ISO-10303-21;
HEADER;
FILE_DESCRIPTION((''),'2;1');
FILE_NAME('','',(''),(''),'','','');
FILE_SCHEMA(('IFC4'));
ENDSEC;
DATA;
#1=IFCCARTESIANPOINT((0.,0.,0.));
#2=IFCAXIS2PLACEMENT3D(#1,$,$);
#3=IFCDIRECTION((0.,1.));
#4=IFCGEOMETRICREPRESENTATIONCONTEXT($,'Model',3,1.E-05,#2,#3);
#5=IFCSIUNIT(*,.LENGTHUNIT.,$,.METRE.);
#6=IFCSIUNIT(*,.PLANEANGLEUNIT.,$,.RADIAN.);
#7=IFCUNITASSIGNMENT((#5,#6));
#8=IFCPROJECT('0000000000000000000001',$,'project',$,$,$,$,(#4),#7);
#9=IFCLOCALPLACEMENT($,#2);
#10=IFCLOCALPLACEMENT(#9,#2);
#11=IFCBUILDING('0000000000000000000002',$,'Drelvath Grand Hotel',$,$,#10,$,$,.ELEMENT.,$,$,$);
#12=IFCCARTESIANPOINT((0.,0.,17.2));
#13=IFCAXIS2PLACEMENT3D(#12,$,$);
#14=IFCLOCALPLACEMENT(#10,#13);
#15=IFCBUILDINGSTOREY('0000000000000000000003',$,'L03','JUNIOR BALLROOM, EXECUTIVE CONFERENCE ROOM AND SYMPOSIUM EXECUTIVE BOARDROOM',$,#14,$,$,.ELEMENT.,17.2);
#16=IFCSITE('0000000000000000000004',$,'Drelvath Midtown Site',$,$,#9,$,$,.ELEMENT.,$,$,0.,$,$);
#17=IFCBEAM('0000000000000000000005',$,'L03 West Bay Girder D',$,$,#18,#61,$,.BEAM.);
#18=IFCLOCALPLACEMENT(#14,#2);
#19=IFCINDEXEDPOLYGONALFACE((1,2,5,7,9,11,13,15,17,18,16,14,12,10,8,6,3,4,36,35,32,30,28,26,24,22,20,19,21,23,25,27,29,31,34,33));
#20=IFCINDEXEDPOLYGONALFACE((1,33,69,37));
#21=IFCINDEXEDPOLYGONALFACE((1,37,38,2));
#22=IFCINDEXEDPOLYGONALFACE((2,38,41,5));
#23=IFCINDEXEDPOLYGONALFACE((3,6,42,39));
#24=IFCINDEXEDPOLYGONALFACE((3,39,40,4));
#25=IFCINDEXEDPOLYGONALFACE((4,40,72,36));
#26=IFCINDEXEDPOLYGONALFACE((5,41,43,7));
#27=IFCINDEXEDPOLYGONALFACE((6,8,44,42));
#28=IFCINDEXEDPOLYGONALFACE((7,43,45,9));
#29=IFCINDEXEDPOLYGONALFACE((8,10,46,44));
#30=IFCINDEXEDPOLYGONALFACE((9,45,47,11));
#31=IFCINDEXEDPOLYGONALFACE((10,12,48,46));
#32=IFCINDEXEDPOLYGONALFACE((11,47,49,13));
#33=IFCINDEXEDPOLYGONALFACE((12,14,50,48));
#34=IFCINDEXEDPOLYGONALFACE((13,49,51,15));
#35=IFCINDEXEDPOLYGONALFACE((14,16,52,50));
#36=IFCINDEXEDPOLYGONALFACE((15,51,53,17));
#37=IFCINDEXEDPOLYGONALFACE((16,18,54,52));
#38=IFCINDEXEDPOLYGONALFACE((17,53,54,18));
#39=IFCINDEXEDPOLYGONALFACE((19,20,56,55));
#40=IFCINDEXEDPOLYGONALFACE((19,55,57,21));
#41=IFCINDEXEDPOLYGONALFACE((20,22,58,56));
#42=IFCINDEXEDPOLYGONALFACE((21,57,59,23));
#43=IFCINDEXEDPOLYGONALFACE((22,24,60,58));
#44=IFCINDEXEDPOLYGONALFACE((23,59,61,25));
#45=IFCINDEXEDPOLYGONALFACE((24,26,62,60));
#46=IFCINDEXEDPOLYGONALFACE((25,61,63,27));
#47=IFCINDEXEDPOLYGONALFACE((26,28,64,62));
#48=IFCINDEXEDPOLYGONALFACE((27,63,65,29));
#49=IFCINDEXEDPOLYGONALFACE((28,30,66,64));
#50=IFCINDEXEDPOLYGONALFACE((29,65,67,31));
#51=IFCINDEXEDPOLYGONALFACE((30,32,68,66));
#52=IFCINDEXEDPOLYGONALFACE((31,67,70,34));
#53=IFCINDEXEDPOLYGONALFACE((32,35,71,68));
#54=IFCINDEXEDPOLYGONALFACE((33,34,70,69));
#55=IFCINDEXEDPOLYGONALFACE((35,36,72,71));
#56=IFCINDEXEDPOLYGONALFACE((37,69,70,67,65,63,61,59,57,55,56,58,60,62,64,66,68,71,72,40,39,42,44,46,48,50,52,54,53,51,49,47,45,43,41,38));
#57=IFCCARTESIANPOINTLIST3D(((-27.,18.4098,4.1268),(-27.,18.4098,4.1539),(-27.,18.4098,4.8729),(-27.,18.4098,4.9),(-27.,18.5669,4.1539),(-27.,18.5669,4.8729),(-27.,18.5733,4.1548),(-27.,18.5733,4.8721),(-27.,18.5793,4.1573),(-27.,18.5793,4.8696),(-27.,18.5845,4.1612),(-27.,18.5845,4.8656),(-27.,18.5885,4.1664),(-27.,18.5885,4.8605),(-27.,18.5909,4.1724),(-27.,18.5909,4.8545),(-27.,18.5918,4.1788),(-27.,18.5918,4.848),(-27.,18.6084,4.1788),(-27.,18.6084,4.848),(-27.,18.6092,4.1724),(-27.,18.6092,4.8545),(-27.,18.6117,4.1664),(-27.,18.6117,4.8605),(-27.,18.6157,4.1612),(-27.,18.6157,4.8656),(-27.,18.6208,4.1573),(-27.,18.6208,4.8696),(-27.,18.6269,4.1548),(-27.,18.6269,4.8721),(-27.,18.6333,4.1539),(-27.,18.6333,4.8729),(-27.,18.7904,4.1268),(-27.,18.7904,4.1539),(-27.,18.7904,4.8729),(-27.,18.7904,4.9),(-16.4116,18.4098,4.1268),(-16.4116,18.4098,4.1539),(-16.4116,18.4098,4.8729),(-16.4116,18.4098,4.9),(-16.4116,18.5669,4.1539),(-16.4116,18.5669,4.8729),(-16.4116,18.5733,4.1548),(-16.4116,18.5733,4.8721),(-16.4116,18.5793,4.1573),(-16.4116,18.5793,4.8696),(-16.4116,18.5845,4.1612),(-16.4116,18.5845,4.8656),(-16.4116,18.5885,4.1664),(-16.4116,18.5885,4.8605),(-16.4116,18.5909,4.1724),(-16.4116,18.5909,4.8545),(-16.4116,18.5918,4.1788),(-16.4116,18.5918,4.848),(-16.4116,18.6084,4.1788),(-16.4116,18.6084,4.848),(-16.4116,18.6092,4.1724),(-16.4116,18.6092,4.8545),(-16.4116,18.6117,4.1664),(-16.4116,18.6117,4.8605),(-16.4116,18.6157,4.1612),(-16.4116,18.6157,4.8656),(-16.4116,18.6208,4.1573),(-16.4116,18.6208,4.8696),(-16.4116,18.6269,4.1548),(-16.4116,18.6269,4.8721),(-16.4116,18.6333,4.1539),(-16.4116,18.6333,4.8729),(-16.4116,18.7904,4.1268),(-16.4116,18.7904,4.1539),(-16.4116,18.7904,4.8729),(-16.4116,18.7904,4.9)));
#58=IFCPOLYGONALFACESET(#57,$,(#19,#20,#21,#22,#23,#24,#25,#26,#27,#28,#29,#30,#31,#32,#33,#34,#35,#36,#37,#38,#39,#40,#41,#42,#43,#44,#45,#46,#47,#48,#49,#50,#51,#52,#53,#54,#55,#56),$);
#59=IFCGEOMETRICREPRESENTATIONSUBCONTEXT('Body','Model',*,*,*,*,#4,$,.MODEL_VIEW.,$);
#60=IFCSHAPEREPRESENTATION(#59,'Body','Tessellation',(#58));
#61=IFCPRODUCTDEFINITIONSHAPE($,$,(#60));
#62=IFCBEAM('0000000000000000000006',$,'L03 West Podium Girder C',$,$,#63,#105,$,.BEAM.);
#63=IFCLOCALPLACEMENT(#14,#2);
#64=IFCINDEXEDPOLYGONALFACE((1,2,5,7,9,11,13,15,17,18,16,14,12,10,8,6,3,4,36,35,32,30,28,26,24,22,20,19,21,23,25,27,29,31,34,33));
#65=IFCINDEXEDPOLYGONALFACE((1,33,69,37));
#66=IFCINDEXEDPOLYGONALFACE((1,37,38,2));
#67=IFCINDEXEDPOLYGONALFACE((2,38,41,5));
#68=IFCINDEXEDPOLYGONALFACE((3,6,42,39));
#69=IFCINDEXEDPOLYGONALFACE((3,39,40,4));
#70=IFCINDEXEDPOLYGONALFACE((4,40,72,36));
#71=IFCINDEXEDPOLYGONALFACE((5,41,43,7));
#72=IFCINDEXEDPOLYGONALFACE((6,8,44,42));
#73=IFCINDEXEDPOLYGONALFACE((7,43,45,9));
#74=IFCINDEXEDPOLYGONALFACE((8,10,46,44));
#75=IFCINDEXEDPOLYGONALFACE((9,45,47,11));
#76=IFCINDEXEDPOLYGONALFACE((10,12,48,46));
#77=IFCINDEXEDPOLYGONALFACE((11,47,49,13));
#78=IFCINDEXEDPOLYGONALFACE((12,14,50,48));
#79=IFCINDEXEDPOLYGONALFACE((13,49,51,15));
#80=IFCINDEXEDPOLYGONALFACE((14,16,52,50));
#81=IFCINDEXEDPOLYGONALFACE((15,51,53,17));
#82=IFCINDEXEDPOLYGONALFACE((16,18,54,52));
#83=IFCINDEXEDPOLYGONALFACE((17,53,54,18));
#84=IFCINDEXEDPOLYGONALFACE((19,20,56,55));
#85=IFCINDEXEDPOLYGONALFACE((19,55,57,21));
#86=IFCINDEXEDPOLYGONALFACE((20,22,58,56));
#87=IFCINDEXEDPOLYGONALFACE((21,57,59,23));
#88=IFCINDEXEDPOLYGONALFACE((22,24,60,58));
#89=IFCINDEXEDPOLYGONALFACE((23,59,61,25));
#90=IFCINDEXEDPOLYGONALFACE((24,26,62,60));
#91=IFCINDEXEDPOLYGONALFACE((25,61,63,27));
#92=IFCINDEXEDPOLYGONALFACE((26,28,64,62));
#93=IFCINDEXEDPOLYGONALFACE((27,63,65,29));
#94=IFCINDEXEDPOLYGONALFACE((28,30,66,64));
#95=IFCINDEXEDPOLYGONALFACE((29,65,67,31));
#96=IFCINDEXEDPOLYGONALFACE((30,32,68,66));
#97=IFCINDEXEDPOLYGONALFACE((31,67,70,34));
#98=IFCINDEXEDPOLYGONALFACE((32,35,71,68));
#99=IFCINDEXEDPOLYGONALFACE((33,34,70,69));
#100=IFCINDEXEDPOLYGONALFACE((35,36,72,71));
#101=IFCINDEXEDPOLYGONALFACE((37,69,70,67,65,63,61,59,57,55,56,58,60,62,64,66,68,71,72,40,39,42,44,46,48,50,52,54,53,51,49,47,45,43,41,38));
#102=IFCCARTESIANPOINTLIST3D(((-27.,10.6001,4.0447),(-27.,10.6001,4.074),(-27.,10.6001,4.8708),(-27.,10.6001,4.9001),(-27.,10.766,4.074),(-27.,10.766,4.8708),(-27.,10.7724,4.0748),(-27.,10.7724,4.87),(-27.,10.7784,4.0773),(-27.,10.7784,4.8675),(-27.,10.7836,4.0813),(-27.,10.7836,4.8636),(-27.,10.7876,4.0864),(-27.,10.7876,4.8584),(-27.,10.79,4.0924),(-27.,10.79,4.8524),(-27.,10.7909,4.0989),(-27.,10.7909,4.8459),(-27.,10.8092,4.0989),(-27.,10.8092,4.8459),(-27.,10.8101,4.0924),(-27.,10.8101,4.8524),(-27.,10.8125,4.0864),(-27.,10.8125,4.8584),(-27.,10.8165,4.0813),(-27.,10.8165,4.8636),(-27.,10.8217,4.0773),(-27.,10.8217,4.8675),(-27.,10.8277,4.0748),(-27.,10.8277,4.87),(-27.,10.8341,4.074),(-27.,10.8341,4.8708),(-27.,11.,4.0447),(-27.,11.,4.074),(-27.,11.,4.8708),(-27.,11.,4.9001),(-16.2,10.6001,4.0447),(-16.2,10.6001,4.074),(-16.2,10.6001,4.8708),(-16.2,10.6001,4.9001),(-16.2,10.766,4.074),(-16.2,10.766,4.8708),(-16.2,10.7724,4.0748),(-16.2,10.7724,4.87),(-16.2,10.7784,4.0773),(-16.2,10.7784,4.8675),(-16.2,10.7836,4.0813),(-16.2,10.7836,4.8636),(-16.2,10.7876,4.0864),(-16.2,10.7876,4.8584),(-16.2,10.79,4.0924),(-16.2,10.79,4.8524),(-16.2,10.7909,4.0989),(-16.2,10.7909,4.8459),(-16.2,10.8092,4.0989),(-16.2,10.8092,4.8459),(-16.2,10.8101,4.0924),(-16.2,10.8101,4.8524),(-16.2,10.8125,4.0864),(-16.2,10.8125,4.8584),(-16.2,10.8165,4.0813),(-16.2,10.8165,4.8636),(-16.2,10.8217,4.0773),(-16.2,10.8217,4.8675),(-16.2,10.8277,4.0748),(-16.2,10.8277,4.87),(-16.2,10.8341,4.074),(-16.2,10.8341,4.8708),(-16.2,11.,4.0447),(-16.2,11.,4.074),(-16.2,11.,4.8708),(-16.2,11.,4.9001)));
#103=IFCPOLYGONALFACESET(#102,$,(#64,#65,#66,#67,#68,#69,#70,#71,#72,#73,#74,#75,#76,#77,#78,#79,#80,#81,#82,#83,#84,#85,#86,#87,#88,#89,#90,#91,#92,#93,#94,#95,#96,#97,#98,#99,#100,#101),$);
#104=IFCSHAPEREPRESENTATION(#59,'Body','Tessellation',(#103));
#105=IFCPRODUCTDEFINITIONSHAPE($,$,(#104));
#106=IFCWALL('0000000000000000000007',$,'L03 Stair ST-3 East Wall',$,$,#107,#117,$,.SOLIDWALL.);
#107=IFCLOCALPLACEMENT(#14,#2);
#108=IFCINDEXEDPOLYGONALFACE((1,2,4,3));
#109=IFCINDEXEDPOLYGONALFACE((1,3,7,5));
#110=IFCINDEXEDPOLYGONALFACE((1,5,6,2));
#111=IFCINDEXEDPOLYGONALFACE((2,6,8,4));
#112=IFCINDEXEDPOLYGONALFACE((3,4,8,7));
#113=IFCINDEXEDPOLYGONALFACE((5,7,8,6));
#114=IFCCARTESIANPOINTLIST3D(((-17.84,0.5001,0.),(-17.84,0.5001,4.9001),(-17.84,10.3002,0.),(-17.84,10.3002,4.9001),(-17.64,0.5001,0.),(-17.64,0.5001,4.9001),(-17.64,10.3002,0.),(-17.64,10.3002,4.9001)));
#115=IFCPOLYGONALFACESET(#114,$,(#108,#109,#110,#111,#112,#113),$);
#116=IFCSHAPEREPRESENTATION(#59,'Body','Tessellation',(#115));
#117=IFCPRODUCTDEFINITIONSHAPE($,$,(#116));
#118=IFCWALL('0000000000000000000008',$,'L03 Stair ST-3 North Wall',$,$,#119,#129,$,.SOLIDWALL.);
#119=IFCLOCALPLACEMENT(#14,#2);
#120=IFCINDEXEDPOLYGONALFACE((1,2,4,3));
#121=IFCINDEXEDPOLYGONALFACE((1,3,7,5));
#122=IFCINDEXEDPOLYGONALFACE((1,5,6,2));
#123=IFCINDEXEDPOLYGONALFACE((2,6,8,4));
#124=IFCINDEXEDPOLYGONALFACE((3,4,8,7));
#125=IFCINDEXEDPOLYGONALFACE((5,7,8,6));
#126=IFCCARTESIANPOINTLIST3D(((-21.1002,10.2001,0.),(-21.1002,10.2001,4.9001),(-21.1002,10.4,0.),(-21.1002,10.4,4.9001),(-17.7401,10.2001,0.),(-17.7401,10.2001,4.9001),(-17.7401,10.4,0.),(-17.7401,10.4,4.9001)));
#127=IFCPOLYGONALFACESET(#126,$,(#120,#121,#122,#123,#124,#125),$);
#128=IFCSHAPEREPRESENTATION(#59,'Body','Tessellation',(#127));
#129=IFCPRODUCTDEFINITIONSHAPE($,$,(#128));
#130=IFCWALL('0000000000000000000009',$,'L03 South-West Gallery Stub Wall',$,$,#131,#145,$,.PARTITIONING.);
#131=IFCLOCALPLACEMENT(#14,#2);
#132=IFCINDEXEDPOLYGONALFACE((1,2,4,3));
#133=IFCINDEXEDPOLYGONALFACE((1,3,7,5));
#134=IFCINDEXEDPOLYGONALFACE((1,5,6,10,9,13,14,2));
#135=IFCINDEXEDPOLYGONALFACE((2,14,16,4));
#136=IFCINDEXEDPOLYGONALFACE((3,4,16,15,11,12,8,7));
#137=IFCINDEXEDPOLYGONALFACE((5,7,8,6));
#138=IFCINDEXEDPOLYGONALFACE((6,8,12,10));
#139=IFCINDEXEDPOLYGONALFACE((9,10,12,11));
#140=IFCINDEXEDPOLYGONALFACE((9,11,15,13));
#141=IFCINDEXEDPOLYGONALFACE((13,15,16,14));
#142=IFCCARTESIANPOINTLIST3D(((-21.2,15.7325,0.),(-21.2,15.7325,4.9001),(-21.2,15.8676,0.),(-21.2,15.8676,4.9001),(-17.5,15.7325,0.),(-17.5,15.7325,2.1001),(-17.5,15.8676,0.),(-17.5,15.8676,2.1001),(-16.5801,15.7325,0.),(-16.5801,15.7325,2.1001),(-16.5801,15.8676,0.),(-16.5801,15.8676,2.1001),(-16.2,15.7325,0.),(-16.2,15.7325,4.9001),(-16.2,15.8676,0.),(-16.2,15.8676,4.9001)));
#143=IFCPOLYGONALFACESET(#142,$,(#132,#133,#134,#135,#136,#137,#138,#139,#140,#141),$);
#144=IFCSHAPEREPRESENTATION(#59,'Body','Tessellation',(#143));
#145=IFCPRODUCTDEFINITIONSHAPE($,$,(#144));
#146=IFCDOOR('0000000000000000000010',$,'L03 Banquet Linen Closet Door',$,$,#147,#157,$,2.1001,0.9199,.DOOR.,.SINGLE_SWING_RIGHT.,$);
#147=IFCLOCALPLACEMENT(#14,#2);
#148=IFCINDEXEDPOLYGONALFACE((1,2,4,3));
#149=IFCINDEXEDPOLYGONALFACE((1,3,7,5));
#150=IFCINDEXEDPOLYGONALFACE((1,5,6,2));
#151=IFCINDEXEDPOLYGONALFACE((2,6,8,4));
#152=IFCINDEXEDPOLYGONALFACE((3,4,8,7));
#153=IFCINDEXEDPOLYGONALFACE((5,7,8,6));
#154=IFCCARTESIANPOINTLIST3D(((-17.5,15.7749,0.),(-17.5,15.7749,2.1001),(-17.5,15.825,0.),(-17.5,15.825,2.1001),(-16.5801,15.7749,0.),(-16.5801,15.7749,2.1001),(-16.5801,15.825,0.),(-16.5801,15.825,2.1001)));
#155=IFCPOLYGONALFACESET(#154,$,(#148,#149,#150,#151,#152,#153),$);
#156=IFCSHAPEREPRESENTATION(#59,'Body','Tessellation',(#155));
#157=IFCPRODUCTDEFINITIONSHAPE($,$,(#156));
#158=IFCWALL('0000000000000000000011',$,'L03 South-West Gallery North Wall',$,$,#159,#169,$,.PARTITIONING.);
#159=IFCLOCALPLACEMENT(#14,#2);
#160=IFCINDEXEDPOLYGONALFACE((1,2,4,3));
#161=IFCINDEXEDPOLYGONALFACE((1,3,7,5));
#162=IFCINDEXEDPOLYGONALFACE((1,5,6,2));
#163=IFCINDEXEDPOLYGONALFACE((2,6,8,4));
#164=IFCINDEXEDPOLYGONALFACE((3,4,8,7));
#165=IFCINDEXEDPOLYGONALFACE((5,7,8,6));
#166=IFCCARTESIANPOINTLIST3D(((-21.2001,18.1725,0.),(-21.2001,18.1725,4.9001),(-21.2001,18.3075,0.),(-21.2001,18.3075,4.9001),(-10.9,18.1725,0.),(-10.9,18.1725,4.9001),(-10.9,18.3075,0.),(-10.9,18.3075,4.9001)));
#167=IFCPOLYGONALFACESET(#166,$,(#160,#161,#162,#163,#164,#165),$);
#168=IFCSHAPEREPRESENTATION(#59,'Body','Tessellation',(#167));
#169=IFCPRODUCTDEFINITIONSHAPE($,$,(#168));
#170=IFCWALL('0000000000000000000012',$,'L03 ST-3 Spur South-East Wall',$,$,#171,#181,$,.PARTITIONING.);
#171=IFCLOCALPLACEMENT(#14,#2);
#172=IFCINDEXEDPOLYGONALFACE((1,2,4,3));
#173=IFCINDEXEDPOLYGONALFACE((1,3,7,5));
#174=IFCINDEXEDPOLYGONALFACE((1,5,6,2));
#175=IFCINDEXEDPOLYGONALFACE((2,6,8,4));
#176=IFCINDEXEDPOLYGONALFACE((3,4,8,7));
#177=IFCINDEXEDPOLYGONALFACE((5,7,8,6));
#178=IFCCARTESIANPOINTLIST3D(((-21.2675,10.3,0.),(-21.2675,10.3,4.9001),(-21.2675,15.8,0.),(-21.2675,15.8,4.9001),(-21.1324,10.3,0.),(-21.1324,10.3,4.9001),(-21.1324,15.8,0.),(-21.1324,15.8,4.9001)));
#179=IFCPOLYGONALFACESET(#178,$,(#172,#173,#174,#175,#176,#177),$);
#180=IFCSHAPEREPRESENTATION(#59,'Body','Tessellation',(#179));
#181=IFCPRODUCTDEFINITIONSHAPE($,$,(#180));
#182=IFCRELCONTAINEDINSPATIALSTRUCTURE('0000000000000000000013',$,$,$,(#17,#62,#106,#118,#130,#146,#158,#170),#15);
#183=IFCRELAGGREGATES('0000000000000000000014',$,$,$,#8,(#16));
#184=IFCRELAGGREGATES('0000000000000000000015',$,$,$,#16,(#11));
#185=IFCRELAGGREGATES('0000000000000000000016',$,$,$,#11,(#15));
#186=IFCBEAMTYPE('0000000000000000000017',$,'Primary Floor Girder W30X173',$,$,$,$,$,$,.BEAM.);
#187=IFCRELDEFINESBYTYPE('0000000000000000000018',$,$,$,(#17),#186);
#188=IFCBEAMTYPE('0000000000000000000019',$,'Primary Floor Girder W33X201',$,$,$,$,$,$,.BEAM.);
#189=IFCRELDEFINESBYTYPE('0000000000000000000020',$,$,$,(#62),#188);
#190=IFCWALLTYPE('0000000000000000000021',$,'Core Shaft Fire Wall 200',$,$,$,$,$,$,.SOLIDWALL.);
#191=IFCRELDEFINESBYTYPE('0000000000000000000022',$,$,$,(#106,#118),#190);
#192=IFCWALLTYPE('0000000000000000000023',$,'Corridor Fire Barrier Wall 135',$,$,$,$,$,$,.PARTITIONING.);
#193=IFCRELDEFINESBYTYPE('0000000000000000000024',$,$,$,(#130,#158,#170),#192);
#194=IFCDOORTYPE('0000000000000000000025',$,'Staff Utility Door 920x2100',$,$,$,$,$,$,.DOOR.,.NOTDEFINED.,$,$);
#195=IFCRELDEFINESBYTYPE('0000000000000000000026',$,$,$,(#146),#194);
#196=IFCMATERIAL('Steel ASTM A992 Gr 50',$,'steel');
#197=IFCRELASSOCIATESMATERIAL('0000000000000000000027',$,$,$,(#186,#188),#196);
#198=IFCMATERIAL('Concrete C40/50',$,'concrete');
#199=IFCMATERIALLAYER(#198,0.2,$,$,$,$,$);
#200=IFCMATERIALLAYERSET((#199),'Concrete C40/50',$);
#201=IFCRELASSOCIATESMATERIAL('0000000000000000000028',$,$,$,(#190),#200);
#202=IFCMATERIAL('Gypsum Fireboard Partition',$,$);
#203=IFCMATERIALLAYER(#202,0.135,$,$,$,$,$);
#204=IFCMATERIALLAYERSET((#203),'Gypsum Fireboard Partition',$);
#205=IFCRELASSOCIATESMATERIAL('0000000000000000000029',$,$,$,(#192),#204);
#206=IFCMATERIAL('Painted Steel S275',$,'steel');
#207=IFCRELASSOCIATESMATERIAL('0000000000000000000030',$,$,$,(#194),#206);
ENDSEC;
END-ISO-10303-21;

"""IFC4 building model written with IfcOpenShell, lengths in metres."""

from ifc_helpers import new_model, si_unit, direction, frame, frame_2d, origin, origin_2d, place, context, subcontext, project, spatial, rectangle, i_section, extrude, material, layer, layer_set, material_profile, profile_set, type_object, element, fill, save


model = new_model("IFC4")

# Units and contexts
model_context = context("Model", 3, precision=1e-05, world=origin(), true_north=direction((0.0, 1.0)))
body_context = subcontext(model_context, "Body", "Model", "MODEL_VIEW")
ifc_project = project(units=[si_unit("LENGTHUNIT", "METRE"), si_unit("PLANEANGLEUNIT", "RADIAN")], contexts=[model_context])

# Site, building, storey
site_placement = place(None, origin())
site = spatial("IfcSite", under=ifc_project, at=site_placement, Name="Drelvath Midtown Site", CompositionType="ELEMENT", RefElevation=0.0)
building_placement = place(site_placement, origin())
building = spatial("IfcBuilding", under=site, at=building_placement, Name="Drelvath Grand Hotel", CompositionType="ELEMENT")
storey_placement = place(building_placement, frame((0.0, 0.0, 17.2)))
storey = spatial("IfcBuildingStorey", under=building, at=storey_placement, Name="L03", Description="JUNIOR BALLROOM, EXECUTIVE CONFERENCE ROOM AND SYMPOSIUM EXECUTIVE BOARDROOM", CompositionType="ELEMENT", Elevation=17.2)

# Beams
ifc_material_1 = material(Name="Steel ASTM A992 Gr 50", Category="steel")
ifc_material_profile_1 = material_profile(ifc_material_1, i_section(OverallWidth=0.3806, OverallDepth=0.7732, WebThickness=0.0166, FlangeThickness=0.0271, FilletRadius=0.0249, at=origin_2d()), Name="W30X173")
ifc_profile_set_1 = profile_set([ifc_material_profile_1], Name="Steel ASTM A992 Gr 50")
beam_type_1 = type_object("IfcBeamType", Name="Primary Floor Girder W30X173", PredefinedType="BEAM", material=ifc_profile_set_1)
beam_1_placement = place(storey_placement, frame((-27.0, 18.6001, 4.5134), z_axis=(1.0, 0.0, 0.0), x_axis=(0.0, 1.0, 0.0)))
element("IfcBeam", 1, at=beam_1_placement, inside=storey, type_object=beam_type_1, Name="L03 West Bay Girder D", PredefinedType="BEAM", context=body_context, shape_type="SweptSolid", body=[
    extrude(i_section(OverallWidth=0.3806, OverallDepth=0.7732, WebThickness=0.0166, FlangeThickness=0.0271, FilletRadius=0.0249, at=origin_2d()), origin(), (0.0, 0.0, 1.0), 10.5884),
])
ifc_material_profile_2 = material_profile(ifc_material_1, i_section(OverallWidth=0.3999, OverallDepth=0.8555, WebThickness=0.0183, FlangeThickness=0.0293, FilletRadius=0.0249, at=origin_2d()), Name="W33X201")
ifc_profile_set_2 = profile_set([ifc_material_profile_2], Name="Steel ASTM A992 Gr 50")
beam_type_2 = type_object("IfcBeamType", Name="Primary Floor Girder W33X201", PredefinedType="BEAM", material=ifc_profile_set_2)
beam_2_placement = place(storey_placement, frame((-27.0, 10.8, 4.4724), z_axis=(1.0, 0.0, 0.0), x_axis=(0.0, 1.0, 0.0)))
element("IfcBeam", 2, at=beam_2_placement, inside=storey, type_object=beam_type_2, Name="L03 West Podium Girder C", PredefinedType="BEAM", context=body_context, shape_type="SweptSolid", body=[
    extrude(i_section(OverallWidth=0.3999, OverallDepth=0.8555, WebThickness=0.0183, FlangeThickness=0.0293, FilletRadius=0.0249, at=origin_2d()), origin(), (0.0, 0.0, 1.0), 10.8),
])

# Walls
ifc_material_2 = material(Name="Concrete C40/50", Category="concrete")
ifc_layer_1 = layer(ifc_material_2, 0.2)
ifc_layer_set_1 = layer_set([ifc_layer_1], Name="Concrete C40/50")
wall_type_1 = type_object("IfcWallType", Name="Core Shaft Fire Wall 200", PredefinedType="SOLIDWALL", material=ifc_layer_set_1)
wall_1_placement = place(storey_placement, frame((-17.74, 10.3, 0.0), z_axis=(0.0, 0.0, 1.0), x_axis=(0.0, -1.0, 0.0)))
element("IfcWall", 3, at=wall_1_placement, inside=storey, type_object=wall_type_1, Name="L03 Stair ST-3 East Wall", PredefinedType="SOLIDWALL", context=body_context, shape_type="SweptSolid", body=[
    extrude(rectangle(XDim=9.8, YDim=0.2, at=frame_2d((4.8999, 0.0))), origin(), (0.0, 0.0, 1.0), 4.9001),
])
wall_2_placement = place(storey_placement, frame((-17.74, 10.3, 0.0), z_axis=(0.0, 0.0, 1.0), x_axis=(-1.0, 0.0, 0.0)))
element("IfcWall", 4, at=wall_2_placement, inside=storey, type_object=wall_type_1, Name="L03 Stair ST-3 North Wall", PredefinedType="SOLIDWALL", context=body_context, shape_type="SweptSolid", body=[
    extrude(rectangle(XDim=3.3601, YDim=0.2, at=frame_2d((1.6802, 0.0))), origin(), (0.0, 0.0, 1.0), 4.9001),
])

# Wall, opening, door
ifc_material_3 = material(Name="Gypsum Fireboard Partition")
ifc_layer_2 = layer(ifc_material_3, 0.135)
ifc_layer_set_2 = layer_set([ifc_layer_2], Name="Gypsum Fireboard Partition")
wall_type_2 = type_object("IfcWallType", Name="Corridor Fire Barrier Wall 135", PredefinedType="PARTITIONING", material=ifc_layer_set_2)
wall_3_placement = place(storey_placement, frame((-21.2, 15.8, 0.0), z_axis=(0.0, 0.0, 1.0), x_axis=(1.0, 0.0, 0.0)))
wall_3 = element("IfcWall", 5, at=wall_3_placement, inside=storey, type_object=wall_type_2, Name="L03 South-West Gallery Stub Wall", PredefinedType="PARTITIONING", context=body_context, shape_type="SweptSolid", body=[
    extrude(rectangle(XDim=5.0, YDim=0.135, at=frame_2d((2.5, 0.0))), origin(), (0.0, 0.0, 1.0), 4.9001),
])
opening_1_placement = place(wall_3_placement, frame((3.7, 0.0, 0.0)))
opening_1 = element("IfcOpeningElement", 6, at=opening_1_placement, cuts=wall_3, PredefinedType="OPENING", context=body_context, shape_type="SweptSolid", body=[
    extrude(rectangle(XDim=0.9199, YDim=2.1001, at=frame_2d((0.46, 1.05))), frame((0.0, 0.0774, 0.0), z_axis=(0.0, -1.0, 0.0), x_axis=(1.0, 0.0, 0.0)), (0.0, 0.0, 1.0), 0.155),
])
ifc_material_4 = material(Name="Painted Steel S275", Category="steel")
door_type = type_object("IfcDoorType", Name="Staff Utility Door 920x2100", OperationType="NOTDEFINED", PredefinedType="DOOR", material=ifc_material_4)
door_placement = place(opening_1_placement, origin())
door = element("IfcDoor", 7, at=door_placement, inside=storey, type_object=door_type, Name="L03 Banquet Linen Closet Door", OperationType="SINGLE_SWING_RIGHT", OverallHeight=2.1001, OverallWidth=0.9199, PredefinedType="DOOR", context=body_context, shape_type="SweptSolid", body=[
    extrude(rectangle(XDim=0.9199, YDim=2.1001, at=frame_2d((0.46, 1.05))), frame((0.0, 0.0249, 0.0), z_axis=(0.0, -1.0, 0.0), x_axis=(1.0, 0.0, 0.0)), (0.0, 0.0, 1.0), 0.05),
])
fill(opening_1, door)

# Walls
wall_4_placement = place(storey_placement, frame((-21.2, 18.24, 0.0), z_axis=(0.0, 0.0, 1.0), x_axis=(1.0, 0.0, 0.0)))
element("IfcWall", 8, at=wall_4_placement, inside=storey, type_object=wall_type_2, Name="L03 South-West Gallery North Wall", PredefinedType="PARTITIONING", context=body_context, shape_type="SweptSolid", body=[
    extrude(rectangle(XDim=10.3, YDim=0.135, at=frame_2d((5.1499, 0.0))), origin(), (0.0, 0.0, 1.0), 4.9001),
])
wall_5_placement = place(storey_placement, frame((-21.2, 10.3, 0.0), z_axis=(0.0, 0.0, 1.0), x_axis=(0.0, 1.0, 0.0)))
element("IfcWall", 9, at=wall_5_placement, inside=storey, type_object=wall_type_2, Name="L03 ST-3 Spur South-East Wall", PredefinedType="PARTITIONING", context=body_context, shape_type="SweptSolid", body=[
    extrude(rectangle(XDim=5.5, YDim=0.135, at=frame_2d((2.75, 0.0))), origin(), (0.0, 0.0, 1.0), 4.9001),
])

save(model, "model.ifc")
